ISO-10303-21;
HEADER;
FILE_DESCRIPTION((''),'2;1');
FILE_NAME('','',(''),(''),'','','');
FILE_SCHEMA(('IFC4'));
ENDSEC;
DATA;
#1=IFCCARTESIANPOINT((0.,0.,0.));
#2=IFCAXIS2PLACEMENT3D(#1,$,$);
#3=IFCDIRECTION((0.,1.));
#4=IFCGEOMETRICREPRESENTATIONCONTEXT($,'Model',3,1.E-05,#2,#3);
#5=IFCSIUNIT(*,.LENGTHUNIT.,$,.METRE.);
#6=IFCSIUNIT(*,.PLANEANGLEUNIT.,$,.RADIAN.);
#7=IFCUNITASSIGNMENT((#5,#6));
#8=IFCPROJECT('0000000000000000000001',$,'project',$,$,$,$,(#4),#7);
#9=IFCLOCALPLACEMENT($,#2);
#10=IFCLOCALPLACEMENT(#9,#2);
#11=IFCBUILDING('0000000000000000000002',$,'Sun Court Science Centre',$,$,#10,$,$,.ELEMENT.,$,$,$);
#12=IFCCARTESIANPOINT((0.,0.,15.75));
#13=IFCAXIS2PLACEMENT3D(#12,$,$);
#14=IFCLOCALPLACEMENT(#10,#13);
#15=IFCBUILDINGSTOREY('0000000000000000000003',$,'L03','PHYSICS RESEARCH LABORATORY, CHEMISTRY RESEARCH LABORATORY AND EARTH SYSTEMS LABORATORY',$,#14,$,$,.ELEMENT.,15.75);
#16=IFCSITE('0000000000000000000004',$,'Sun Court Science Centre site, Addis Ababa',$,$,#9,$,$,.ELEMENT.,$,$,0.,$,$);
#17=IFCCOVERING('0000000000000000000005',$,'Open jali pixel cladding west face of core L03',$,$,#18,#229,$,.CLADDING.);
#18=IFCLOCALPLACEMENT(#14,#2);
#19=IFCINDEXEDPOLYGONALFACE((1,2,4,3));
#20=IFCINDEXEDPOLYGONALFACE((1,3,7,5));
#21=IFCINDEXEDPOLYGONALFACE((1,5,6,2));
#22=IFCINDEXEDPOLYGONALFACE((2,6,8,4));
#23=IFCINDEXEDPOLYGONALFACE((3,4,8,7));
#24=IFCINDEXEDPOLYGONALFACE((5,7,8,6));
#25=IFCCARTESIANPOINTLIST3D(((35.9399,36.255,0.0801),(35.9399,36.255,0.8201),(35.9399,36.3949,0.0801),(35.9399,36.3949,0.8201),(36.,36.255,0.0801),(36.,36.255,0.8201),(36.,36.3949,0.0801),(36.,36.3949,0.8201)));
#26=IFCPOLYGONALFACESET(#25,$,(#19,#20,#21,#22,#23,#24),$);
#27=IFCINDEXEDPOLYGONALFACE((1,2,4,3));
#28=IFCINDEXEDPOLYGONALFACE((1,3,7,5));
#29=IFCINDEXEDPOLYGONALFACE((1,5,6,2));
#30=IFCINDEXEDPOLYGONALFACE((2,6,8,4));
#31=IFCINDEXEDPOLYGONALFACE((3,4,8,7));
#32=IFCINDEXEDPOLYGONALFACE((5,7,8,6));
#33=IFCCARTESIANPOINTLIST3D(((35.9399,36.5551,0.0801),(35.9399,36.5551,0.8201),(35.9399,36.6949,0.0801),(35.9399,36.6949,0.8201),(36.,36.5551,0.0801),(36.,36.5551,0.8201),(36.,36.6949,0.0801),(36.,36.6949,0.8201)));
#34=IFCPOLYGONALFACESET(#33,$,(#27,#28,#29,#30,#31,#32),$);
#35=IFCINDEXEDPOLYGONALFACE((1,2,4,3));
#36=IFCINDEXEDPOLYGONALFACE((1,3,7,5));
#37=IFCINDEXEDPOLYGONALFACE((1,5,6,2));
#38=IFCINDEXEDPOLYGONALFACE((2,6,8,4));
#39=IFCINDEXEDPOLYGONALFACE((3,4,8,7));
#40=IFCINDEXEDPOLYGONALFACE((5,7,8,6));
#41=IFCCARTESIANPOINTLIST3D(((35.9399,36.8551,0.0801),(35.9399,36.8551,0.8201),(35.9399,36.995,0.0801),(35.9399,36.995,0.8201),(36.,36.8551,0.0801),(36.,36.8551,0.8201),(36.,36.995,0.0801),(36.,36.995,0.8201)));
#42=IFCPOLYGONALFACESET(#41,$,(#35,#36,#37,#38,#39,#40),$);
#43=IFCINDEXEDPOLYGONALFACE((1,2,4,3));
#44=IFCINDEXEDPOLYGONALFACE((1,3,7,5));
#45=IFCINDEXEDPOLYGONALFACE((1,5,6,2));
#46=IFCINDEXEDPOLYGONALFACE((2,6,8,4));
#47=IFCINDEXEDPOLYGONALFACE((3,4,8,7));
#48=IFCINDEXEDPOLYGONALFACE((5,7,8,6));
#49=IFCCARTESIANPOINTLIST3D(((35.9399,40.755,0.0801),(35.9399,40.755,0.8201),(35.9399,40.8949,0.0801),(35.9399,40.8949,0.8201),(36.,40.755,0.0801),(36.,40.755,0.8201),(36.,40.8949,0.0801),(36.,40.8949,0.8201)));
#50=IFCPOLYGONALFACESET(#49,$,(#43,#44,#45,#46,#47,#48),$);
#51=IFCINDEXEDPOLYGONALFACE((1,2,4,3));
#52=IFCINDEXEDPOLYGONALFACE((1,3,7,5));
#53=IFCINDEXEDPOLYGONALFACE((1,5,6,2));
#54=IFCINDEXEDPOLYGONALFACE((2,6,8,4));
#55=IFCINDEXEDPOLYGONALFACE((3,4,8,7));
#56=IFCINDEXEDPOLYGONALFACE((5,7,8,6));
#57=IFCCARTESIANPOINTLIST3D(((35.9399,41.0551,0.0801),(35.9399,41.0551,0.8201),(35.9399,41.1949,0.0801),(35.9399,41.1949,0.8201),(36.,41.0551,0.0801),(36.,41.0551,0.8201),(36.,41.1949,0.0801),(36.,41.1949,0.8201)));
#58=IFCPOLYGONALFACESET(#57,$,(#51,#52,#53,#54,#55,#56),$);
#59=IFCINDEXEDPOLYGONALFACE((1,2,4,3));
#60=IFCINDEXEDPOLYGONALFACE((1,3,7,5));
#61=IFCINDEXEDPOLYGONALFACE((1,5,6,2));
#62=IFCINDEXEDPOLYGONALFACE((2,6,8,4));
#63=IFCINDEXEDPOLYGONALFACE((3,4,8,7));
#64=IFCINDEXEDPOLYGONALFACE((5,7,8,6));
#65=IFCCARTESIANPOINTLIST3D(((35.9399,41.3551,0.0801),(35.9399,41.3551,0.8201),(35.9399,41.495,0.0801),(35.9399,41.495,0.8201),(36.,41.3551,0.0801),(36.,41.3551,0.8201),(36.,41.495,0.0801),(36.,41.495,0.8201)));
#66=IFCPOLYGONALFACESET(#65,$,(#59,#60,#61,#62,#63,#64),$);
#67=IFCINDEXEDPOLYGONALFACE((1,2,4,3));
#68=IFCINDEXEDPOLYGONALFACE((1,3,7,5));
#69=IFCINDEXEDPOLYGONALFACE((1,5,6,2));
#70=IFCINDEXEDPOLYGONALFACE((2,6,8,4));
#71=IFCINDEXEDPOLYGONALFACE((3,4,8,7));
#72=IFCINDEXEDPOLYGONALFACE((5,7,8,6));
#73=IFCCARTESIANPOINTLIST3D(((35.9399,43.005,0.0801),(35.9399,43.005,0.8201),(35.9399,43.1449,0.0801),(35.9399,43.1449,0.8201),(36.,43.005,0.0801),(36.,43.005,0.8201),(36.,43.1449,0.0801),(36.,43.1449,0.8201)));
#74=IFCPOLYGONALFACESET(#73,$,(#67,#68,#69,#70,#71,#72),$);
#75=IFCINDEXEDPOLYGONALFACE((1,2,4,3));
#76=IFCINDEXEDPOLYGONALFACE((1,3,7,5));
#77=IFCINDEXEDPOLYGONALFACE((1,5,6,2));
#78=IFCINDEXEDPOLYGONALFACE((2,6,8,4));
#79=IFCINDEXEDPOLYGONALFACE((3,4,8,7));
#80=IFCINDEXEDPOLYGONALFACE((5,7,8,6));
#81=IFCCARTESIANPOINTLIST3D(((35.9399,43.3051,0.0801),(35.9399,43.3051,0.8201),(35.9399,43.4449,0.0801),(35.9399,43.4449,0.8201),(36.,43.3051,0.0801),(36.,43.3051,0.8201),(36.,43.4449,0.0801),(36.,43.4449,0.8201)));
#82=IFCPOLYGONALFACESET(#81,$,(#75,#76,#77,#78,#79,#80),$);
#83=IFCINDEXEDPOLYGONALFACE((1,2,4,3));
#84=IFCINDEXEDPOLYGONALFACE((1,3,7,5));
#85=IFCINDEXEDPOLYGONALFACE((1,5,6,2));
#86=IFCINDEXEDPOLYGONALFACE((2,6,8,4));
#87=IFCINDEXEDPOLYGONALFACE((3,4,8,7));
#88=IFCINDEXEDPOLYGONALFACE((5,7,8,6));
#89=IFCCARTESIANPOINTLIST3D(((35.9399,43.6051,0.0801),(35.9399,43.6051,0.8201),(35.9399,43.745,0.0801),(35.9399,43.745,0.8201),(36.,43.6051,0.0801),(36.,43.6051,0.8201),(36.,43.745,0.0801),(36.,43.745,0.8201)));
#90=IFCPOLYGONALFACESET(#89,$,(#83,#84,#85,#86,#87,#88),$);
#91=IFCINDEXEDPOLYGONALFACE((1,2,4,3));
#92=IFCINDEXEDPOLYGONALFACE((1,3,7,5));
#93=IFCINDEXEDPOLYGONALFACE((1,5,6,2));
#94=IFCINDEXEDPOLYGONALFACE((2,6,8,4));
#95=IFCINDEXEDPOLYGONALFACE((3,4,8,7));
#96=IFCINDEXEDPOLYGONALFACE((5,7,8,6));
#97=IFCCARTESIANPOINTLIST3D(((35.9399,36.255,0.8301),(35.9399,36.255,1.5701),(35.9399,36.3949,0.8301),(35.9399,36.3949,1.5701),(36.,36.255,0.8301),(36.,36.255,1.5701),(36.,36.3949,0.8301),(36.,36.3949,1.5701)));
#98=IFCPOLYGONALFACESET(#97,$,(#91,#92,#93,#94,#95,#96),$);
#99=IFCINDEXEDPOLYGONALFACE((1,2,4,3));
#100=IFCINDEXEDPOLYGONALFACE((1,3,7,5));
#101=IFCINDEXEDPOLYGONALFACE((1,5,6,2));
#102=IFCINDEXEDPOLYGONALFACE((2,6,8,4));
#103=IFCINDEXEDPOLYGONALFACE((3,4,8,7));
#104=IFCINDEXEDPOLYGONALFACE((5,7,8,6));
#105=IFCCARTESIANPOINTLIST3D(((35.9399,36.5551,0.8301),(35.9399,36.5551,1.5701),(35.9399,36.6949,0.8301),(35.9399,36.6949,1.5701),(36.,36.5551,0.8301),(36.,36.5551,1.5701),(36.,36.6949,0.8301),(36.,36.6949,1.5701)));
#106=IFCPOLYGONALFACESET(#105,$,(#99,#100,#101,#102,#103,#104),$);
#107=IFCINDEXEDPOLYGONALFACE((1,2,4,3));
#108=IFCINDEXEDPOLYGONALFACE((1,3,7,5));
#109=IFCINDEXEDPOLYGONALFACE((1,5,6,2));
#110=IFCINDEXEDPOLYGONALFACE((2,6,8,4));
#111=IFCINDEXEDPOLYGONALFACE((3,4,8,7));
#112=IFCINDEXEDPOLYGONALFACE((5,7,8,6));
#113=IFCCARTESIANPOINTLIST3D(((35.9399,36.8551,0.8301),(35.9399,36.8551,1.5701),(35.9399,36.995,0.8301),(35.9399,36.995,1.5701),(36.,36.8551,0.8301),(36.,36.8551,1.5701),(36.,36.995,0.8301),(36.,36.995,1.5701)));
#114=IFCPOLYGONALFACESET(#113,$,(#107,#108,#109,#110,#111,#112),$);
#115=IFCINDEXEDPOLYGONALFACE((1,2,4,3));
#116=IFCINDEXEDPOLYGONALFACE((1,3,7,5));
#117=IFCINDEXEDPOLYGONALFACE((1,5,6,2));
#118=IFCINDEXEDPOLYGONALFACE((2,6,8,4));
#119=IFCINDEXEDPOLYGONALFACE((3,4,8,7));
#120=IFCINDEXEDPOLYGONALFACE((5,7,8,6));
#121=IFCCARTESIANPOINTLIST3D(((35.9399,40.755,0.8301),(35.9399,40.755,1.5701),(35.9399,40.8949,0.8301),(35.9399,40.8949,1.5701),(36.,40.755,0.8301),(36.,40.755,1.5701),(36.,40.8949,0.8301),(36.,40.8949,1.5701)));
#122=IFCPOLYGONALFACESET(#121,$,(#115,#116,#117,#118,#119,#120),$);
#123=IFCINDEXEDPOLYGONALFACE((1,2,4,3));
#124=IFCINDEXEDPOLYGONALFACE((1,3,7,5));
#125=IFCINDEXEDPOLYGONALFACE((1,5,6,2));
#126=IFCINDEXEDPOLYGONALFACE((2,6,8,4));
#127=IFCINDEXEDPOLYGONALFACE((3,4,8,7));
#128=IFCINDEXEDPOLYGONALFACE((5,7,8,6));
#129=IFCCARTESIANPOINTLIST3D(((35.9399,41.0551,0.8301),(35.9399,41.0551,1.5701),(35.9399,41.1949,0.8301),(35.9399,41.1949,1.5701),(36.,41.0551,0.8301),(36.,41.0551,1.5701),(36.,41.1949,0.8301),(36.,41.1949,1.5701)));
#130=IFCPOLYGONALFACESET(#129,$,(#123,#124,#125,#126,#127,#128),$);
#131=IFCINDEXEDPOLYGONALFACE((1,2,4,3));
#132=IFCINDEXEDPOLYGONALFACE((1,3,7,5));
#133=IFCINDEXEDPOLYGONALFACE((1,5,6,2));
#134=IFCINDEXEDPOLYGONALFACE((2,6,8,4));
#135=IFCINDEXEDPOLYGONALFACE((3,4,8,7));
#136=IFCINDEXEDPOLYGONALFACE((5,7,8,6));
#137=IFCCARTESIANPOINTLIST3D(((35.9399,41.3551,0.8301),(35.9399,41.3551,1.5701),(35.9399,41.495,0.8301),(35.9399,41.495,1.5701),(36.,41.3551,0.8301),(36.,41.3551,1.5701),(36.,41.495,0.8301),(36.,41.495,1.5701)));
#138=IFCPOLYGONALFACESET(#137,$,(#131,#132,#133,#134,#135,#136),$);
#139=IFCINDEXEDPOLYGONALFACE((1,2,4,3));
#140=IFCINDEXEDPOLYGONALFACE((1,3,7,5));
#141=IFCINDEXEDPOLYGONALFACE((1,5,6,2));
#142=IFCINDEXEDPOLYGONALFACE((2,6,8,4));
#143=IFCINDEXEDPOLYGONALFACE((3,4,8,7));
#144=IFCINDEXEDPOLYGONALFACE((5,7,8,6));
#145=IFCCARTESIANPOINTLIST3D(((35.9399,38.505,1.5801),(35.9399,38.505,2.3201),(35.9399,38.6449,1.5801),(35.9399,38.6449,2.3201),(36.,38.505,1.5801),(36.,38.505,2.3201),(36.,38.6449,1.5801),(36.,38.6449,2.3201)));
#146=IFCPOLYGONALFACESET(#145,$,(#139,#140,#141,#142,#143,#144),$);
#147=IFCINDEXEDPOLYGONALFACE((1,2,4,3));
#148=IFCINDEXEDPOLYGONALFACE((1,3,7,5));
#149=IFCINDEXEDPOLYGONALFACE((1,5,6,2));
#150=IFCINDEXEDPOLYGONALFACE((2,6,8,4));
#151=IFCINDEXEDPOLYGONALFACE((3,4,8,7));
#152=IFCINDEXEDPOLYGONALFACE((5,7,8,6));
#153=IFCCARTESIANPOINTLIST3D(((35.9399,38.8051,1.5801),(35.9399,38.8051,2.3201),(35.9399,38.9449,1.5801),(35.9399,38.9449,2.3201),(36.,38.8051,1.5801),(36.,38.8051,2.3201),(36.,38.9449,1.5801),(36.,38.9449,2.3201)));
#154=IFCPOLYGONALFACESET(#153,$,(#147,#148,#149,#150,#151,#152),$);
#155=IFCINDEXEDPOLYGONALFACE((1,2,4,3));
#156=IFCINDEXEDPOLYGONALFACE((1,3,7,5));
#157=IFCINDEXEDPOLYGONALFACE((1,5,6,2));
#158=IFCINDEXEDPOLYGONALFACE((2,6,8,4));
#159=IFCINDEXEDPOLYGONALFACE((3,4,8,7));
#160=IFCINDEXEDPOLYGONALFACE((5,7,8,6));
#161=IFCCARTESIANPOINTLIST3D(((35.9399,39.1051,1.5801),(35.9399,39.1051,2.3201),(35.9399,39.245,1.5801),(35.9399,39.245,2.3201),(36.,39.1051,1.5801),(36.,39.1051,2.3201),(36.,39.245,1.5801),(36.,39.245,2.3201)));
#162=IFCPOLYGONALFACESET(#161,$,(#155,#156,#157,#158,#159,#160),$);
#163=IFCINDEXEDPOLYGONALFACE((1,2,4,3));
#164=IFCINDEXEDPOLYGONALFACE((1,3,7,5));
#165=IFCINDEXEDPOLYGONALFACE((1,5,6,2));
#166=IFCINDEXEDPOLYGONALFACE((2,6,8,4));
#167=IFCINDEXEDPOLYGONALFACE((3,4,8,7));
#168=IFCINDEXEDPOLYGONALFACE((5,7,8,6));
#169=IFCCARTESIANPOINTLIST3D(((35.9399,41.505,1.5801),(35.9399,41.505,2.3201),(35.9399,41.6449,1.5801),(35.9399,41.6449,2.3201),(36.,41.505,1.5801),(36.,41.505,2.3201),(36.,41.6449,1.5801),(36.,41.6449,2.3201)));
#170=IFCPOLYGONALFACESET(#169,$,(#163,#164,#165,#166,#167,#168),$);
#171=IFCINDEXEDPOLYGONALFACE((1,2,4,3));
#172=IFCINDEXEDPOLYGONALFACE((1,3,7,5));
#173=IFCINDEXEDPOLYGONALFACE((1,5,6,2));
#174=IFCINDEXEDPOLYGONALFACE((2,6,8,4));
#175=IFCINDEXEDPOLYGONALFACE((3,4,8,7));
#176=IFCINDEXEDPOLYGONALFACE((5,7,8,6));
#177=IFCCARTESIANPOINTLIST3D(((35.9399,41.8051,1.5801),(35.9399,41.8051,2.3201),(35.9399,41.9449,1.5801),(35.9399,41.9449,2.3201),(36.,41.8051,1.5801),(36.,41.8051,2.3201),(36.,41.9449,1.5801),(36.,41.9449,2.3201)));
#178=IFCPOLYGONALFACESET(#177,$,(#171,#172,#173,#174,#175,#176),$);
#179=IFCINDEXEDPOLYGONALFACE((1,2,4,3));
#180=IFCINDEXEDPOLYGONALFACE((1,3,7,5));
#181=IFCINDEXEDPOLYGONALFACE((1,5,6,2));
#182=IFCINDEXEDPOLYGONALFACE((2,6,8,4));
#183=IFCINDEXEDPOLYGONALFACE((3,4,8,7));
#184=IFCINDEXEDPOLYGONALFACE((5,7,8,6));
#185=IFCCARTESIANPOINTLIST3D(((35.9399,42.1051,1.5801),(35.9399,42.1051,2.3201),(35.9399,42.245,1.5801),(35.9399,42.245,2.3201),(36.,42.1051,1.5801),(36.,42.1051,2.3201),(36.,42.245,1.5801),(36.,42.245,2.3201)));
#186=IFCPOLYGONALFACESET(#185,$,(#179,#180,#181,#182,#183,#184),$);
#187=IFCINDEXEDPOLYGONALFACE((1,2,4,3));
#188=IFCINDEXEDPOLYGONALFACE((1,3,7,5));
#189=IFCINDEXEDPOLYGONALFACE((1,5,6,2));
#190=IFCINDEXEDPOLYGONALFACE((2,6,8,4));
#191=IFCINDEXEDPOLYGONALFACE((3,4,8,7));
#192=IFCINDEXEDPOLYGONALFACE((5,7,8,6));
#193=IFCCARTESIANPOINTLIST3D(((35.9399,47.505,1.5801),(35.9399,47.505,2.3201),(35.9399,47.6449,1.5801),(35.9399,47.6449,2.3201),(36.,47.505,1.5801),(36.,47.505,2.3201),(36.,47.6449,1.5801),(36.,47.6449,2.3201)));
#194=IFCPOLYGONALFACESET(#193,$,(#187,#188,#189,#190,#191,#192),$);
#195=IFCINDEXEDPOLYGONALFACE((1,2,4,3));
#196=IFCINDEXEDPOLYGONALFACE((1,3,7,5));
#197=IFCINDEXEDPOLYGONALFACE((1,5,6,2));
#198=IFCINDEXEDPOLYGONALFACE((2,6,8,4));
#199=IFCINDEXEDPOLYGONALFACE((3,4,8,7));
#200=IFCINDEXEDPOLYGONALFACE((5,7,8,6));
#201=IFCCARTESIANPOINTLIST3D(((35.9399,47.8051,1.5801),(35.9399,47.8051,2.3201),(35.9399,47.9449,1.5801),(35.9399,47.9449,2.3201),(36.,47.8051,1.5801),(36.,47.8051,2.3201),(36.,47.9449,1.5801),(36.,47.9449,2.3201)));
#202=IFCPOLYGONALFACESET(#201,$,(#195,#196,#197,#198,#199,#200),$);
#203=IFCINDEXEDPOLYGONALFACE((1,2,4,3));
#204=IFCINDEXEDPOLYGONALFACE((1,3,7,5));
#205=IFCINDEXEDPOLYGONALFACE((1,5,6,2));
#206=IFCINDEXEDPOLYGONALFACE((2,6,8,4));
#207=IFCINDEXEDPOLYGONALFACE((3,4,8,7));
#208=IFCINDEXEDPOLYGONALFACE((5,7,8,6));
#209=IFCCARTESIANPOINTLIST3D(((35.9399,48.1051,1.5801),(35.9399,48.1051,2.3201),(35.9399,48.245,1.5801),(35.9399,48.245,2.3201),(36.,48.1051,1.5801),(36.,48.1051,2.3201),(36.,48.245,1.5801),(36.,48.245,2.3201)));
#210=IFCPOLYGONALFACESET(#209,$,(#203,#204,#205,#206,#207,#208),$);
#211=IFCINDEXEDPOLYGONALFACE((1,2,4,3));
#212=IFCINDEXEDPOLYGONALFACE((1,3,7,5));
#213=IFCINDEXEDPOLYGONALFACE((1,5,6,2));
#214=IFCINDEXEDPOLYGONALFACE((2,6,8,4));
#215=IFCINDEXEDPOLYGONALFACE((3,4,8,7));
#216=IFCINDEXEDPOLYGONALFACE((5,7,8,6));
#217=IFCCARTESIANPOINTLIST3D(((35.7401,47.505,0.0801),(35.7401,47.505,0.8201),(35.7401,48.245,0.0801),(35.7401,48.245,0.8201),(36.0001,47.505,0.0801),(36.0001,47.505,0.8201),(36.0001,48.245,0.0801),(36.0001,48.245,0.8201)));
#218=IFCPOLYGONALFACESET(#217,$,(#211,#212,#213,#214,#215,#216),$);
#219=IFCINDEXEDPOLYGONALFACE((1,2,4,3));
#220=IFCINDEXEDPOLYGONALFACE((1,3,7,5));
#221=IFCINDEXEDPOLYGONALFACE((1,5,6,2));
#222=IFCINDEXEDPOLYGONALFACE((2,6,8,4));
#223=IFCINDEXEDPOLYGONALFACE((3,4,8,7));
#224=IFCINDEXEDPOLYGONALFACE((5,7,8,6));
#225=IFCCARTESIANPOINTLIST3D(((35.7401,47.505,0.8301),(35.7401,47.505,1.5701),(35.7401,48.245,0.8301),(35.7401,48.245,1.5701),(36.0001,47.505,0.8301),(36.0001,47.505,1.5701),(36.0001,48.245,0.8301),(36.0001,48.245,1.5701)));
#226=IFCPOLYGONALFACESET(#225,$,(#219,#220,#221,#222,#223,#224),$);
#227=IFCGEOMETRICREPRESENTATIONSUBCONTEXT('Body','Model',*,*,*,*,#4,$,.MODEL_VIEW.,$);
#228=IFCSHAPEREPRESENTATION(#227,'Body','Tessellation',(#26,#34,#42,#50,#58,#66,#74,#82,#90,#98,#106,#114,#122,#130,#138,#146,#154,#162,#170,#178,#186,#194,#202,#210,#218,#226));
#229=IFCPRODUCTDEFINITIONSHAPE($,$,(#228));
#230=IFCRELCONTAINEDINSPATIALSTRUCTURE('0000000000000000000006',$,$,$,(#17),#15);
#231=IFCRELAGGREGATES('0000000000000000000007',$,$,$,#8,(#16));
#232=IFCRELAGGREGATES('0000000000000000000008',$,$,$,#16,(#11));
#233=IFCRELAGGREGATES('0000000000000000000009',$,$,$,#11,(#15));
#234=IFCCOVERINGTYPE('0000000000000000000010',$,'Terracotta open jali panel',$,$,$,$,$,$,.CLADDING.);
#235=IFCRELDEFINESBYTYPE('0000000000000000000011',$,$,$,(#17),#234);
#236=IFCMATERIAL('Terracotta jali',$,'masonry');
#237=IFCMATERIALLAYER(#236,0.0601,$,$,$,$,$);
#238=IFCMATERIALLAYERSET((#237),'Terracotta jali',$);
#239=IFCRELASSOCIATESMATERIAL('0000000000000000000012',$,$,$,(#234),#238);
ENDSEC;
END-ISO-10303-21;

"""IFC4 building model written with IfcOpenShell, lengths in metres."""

from ifc_helpers import new_model, si_unit, direction, frame, origin, origin_2d, place, context, subcontext, project, spatial, rectangle, extrude, material, layer, layer_set, type_object, element, save


model = new_model("IFC4")

# Units and contexts
model_context = context("Model", 3, precision=1e-05, world=origin(), true_north=direction((0.0, 1.0)))
body_context = subcontext(model_context, "Body", "Model", "MODEL_VIEW")
ifc_project = project(units=[si_unit("LENGTHUNIT", "METRE"), si_unit("PLANEANGLEUNIT", "RADIAN")], contexts=[model_context])

# Site, building, storey
site_placement = place(None, origin())
site = spatial("IfcSite", under=ifc_project, at=site_placement, Name="Sun Court Science Centre site, Addis Ababa", CompositionType="ELEMENT", RefElevation=0.0)
building_placement = place(site_placement, origin())
building = spatial("IfcBuilding", under=site, at=building_placement, Name="Sun Court Science Centre", CompositionType="ELEMENT")
storey_placement = place(building_placement, frame((0.0, 0.0, 15.75)))
storey = spatial("IfcBuildingStorey", under=building, at=storey_placement, Name="L03", Description="PHYSICS RESEARCH LABORATORY, CHEMISTRY RESEARCH LABORATORY AND EARTH SYSTEMS LABORATORY", CompositionType="ELEMENT", Elevation=15.75)

# Covering
ifc_material_1 = material(Name="Terracotta jali", Category="masonry")
ifc_layer_1 = layer(ifc_material_1, 0.0601)
ifc_layer_set_1 = layer_set([ifc_layer_1], Name="Terracotta jali")
covering_type_1 = type_object("IfcCoveringType", Name="Terracotta open jali panel", PredefinedType="CLADDING", material=ifc_layer_set_1)
covering_1_placement = place(storey_placement, frame((0.0, 0.0, -15.75)))
element("IfcCovering", 1, at=covering_1_placement, inside=storey, type_object=covering_type_1, Name="Open jali pixel cladding west face of core L03", PredefinedType="CLADDING", context=body_context, shape_type="SweptSolid", body=[
    extrude(rectangle(XDim=0.1399, YDim=0.0601, at=origin_2d()), frame((35.97, 36.325, 15.8301), z_axis=(0.0, 0.0, 1.0), x_axis=(0.0, 1.0, 0.0)), (0.0, 0.0, 1.0), 0.74),
    extrude(rectangle(XDim=0.1399, YDim=0.0601, at=origin_2d()), frame((35.97, 36.625, 15.8301), z_axis=(0.0, 0.0, 1.0), x_axis=(0.0, 1.0, 0.0)), (0.0, 0.0, 1.0), 0.74),
    extrude(rectangle(XDim=0.1399, YDim=0.0601, at=origin_2d()), frame((35.97, 36.925, 15.8301), z_axis=(0.0, 0.0, 1.0), x_axis=(0.0, 1.0, 0.0)), (0.0, 0.0, 1.0), 0.74),
    extrude(rectangle(XDim=0.1399, YDim=0.0601, at=origin_2d()), frame((35.97, 40.825, 15.8301), z_axis=(0.0, 0.0, 1.0), x_axis=(0.0, 1.0, 0.0)), (0.0, 0.0, 1.0), 0.74),
    extrude(rectangle(XDim=0.1399, YDim=0.0601, at=origin_2d()), frame((35.97, 41.125, 15.8301), z_axis=(0.0, 0.0, 1.0), x_axis=(0.0, 1.0, 0.0)), (0.0, 0.0, 1.0), 0.74),
    extrude(rectangle(XDim=0.1399, YDim=0.0601, at=origin_2d()), frame((35.97, 41.425, 15.8301), z_axis=(0.0, 0.0, 1.0), x_axis=(0.0, 1.0, 0.0)), (0.0, 0.0, 1.0), 0.74),
    extrude(rectangle(XDim=0.1399, YDim=0.0601, at=origin_2d()), frame((35.97, 43.075, 15.8301), z_axis=(0.0, 0.0, 1.0), x_axis=(0.0, 1.0, 0.0)), (0.0, 0.0, 1.0), 0.74),
    extrude(rectangle(XDim=0.1399, YDim=0.0601, at=origin_2d()), frame((35.97, 43.375, 15.8301), z_axis=(0.0, 0.0, 1.0), x_axis=(0.0, 1.0, 0.0)), (0.0, 0.0, 1.0), 0.74),
    extrude(rectangle(XDim=0.1399, YDim=0.0601, at=origin_2d()), frame((35.97, 43.675, 15.8301), z_axis=(0.0, 0.0, 1.0), x_axis=(0.0, 1.0, 0.0)), (0.0, 0.0, 1.0), 0.74),
    extrude(rectangle(XDim=0.1399, YDim=0.0601, at=origin_2d()), frame((35.97, 36.325, 16.5801), z_axis=(0.0, 0.0, 1.0), x_axis=(0.0, 1.0, 0.0)), (0.0, 0.0, 1.0), 0.74),
    extrude(rectangle(XDim=0.1399, YDim=0.0601, at=origin_2d()), frame((35.97, 36.625, 16.5801), z_axis=(0.0, 0.0, 1.0), x_axis=(0.0, 1.0, 0.0)), (0.0, 0.0, 1.0), 0.74),
    extrude(rectangle(XDim=0.1399, YDim=0.0601, at=origin_2d()), frame((35.97, 36.925, 16.5801), z_axis=(0.0, 0.0, 1.0), x_axis=(0.0, 1.0, 0.0)), (0.0, 0.0, 1.0), 0.74),
    extrude(rectangle(XDim=0.1399, YDim=0.0601, at=origin_2d()), frame((35.97, 40.825, 16.5801), z_axis=(0.0, 0.0, 1.0), x_axis=(0.0, 1.0, 0.0)), (0.0, 0.0, 1.0), 0.74),
    extrude(rectangle(XDim=0.1399, YDim=0.0601, at=origin_2d()), frame((35.97, 41.125, 16.5801), z_axis=(0.0, 0.0, 1.0), x_axis=(0.0, 1.0, 0.0)), (0.0, 0.0, 1.0), 0.74),
    extrude(rectangle(XDim=0.1399, YDim=0.0601, at=origin_2d()), frame((35.97, 41.425, 16.5801), z_axis=(0.0, 0.0, 1.0), x_axis=(0.0, 1.0, 0.0)), (0.0, 0.0, 1.0), 0.74),
    extrude(rectangle(XDim=0.1399, YDim=0.0601, at=origin_2d()), frame((35.97, 38.575, 17.3301), z_axis=(0.0, 0.0, 1.0), x_axis=(0.0, 1.0, 0.0)), (0.0, 0.0, 1.0), 0.74),
    extrude(rectangle(XDim=0.1399, YDim=0.0601, at=origin_2d()), frame((35.97, 38.875, 17.3301), z_axis=(0.0, 0.0, 1.0), x_axis=(0.0, 1.0, 0.0)), (0.0, 0.0, 1.0), 0.74),
    extrude(rectangle(XDim=0.1399, YDim=0.0601, at=origin_2d()), frame((35.97, 39.175, 17.3301), z_axis=(0.0, 0.0, 1.0), x_axis=(0.0, 1.0, 0.0)), (0.0, 0.0, 1.0), 0.74),
    extrude(rectangle(XDim=0.1399, YDim=0.0601, at=origin_2d()), frame((35.97, 41.575, 17.3301), z_axis=(0.0, 0.0, 1.0), x_axis=(0.0, 1.0, 0.0)), (0.0, 0.0, 1.0), 0.74),
    extrude(rectangle(XDim=0.1399, YDim=0.0601, at=origin_2d()), frame((35.97, 41.875, 17.3301), z_axis=(0.0, 0.0, 1.0), x_axis=(0.0, 1.0, 0.0)), (0.0, 0.0, 1.0), 0.74),
    extrude(rectangle(XDim=0.1399, YDim=0.0601, at=origin_2d()), frame((35.97, 42.175, 17.3301), z_axis=(0.0, 0.0, 1.0), x_axis=(0.0, 1.0, 0.0)), (0.0, 0.0, 1.0), 0.74),
    extrude(rectangle(XDim=0.1399, YDim=0.0601, at=origin_2d()), frame((35.97, 47.575, 17.3301), z_axis=(0.0, 0.0, 1.0), x_axis=(0.0, 1.0, 0.0)), (0.0, 0.0, 1.0), 0.74),
    extrude(rectangle(XDim=0.1399, YDim=0.0601, at=origin_2d()), frame((35.97, 47.875, 17.3301), z_axis=(0.0, 0.0, 1.0), x_axis=(0.0, 1.0, 0.0)), (0.0, 0.0, 1.0), 0.74),
    extrude(rectangle(XDim=0.1399, YDim=0.0601, at=origin_2d()), frame((35.97, 48.175, 17.3301), z_axis=(0.0, 0.0, 1.0), x_axis=(0.0, 1.0, 0.0)), (0.0, 0.0, 1.0), 0.74),
    extrude(rectangle(XDim=0.74, YDim=0.26, at=origin_2d()), frame((35.8701, 47.875, 15.8301), z_axis=(0.0, 0.0, 1.0), x_axis=(0.0, 1.0, 0.0)), (0.0, 0.0, 1.0), 0.74),
    extrude(rectangle(XDim=0.74, YDim=0.26, at=origin_2d()), frame((35.8701, 47.875, 16.5801), z_axis=(0.0, 0.0, 1.0), x_axis=(0.0, 1.0, 0.0)), (0.0, 0.0, 1.0), 0.74),
])

save(model, "model.ifc")
